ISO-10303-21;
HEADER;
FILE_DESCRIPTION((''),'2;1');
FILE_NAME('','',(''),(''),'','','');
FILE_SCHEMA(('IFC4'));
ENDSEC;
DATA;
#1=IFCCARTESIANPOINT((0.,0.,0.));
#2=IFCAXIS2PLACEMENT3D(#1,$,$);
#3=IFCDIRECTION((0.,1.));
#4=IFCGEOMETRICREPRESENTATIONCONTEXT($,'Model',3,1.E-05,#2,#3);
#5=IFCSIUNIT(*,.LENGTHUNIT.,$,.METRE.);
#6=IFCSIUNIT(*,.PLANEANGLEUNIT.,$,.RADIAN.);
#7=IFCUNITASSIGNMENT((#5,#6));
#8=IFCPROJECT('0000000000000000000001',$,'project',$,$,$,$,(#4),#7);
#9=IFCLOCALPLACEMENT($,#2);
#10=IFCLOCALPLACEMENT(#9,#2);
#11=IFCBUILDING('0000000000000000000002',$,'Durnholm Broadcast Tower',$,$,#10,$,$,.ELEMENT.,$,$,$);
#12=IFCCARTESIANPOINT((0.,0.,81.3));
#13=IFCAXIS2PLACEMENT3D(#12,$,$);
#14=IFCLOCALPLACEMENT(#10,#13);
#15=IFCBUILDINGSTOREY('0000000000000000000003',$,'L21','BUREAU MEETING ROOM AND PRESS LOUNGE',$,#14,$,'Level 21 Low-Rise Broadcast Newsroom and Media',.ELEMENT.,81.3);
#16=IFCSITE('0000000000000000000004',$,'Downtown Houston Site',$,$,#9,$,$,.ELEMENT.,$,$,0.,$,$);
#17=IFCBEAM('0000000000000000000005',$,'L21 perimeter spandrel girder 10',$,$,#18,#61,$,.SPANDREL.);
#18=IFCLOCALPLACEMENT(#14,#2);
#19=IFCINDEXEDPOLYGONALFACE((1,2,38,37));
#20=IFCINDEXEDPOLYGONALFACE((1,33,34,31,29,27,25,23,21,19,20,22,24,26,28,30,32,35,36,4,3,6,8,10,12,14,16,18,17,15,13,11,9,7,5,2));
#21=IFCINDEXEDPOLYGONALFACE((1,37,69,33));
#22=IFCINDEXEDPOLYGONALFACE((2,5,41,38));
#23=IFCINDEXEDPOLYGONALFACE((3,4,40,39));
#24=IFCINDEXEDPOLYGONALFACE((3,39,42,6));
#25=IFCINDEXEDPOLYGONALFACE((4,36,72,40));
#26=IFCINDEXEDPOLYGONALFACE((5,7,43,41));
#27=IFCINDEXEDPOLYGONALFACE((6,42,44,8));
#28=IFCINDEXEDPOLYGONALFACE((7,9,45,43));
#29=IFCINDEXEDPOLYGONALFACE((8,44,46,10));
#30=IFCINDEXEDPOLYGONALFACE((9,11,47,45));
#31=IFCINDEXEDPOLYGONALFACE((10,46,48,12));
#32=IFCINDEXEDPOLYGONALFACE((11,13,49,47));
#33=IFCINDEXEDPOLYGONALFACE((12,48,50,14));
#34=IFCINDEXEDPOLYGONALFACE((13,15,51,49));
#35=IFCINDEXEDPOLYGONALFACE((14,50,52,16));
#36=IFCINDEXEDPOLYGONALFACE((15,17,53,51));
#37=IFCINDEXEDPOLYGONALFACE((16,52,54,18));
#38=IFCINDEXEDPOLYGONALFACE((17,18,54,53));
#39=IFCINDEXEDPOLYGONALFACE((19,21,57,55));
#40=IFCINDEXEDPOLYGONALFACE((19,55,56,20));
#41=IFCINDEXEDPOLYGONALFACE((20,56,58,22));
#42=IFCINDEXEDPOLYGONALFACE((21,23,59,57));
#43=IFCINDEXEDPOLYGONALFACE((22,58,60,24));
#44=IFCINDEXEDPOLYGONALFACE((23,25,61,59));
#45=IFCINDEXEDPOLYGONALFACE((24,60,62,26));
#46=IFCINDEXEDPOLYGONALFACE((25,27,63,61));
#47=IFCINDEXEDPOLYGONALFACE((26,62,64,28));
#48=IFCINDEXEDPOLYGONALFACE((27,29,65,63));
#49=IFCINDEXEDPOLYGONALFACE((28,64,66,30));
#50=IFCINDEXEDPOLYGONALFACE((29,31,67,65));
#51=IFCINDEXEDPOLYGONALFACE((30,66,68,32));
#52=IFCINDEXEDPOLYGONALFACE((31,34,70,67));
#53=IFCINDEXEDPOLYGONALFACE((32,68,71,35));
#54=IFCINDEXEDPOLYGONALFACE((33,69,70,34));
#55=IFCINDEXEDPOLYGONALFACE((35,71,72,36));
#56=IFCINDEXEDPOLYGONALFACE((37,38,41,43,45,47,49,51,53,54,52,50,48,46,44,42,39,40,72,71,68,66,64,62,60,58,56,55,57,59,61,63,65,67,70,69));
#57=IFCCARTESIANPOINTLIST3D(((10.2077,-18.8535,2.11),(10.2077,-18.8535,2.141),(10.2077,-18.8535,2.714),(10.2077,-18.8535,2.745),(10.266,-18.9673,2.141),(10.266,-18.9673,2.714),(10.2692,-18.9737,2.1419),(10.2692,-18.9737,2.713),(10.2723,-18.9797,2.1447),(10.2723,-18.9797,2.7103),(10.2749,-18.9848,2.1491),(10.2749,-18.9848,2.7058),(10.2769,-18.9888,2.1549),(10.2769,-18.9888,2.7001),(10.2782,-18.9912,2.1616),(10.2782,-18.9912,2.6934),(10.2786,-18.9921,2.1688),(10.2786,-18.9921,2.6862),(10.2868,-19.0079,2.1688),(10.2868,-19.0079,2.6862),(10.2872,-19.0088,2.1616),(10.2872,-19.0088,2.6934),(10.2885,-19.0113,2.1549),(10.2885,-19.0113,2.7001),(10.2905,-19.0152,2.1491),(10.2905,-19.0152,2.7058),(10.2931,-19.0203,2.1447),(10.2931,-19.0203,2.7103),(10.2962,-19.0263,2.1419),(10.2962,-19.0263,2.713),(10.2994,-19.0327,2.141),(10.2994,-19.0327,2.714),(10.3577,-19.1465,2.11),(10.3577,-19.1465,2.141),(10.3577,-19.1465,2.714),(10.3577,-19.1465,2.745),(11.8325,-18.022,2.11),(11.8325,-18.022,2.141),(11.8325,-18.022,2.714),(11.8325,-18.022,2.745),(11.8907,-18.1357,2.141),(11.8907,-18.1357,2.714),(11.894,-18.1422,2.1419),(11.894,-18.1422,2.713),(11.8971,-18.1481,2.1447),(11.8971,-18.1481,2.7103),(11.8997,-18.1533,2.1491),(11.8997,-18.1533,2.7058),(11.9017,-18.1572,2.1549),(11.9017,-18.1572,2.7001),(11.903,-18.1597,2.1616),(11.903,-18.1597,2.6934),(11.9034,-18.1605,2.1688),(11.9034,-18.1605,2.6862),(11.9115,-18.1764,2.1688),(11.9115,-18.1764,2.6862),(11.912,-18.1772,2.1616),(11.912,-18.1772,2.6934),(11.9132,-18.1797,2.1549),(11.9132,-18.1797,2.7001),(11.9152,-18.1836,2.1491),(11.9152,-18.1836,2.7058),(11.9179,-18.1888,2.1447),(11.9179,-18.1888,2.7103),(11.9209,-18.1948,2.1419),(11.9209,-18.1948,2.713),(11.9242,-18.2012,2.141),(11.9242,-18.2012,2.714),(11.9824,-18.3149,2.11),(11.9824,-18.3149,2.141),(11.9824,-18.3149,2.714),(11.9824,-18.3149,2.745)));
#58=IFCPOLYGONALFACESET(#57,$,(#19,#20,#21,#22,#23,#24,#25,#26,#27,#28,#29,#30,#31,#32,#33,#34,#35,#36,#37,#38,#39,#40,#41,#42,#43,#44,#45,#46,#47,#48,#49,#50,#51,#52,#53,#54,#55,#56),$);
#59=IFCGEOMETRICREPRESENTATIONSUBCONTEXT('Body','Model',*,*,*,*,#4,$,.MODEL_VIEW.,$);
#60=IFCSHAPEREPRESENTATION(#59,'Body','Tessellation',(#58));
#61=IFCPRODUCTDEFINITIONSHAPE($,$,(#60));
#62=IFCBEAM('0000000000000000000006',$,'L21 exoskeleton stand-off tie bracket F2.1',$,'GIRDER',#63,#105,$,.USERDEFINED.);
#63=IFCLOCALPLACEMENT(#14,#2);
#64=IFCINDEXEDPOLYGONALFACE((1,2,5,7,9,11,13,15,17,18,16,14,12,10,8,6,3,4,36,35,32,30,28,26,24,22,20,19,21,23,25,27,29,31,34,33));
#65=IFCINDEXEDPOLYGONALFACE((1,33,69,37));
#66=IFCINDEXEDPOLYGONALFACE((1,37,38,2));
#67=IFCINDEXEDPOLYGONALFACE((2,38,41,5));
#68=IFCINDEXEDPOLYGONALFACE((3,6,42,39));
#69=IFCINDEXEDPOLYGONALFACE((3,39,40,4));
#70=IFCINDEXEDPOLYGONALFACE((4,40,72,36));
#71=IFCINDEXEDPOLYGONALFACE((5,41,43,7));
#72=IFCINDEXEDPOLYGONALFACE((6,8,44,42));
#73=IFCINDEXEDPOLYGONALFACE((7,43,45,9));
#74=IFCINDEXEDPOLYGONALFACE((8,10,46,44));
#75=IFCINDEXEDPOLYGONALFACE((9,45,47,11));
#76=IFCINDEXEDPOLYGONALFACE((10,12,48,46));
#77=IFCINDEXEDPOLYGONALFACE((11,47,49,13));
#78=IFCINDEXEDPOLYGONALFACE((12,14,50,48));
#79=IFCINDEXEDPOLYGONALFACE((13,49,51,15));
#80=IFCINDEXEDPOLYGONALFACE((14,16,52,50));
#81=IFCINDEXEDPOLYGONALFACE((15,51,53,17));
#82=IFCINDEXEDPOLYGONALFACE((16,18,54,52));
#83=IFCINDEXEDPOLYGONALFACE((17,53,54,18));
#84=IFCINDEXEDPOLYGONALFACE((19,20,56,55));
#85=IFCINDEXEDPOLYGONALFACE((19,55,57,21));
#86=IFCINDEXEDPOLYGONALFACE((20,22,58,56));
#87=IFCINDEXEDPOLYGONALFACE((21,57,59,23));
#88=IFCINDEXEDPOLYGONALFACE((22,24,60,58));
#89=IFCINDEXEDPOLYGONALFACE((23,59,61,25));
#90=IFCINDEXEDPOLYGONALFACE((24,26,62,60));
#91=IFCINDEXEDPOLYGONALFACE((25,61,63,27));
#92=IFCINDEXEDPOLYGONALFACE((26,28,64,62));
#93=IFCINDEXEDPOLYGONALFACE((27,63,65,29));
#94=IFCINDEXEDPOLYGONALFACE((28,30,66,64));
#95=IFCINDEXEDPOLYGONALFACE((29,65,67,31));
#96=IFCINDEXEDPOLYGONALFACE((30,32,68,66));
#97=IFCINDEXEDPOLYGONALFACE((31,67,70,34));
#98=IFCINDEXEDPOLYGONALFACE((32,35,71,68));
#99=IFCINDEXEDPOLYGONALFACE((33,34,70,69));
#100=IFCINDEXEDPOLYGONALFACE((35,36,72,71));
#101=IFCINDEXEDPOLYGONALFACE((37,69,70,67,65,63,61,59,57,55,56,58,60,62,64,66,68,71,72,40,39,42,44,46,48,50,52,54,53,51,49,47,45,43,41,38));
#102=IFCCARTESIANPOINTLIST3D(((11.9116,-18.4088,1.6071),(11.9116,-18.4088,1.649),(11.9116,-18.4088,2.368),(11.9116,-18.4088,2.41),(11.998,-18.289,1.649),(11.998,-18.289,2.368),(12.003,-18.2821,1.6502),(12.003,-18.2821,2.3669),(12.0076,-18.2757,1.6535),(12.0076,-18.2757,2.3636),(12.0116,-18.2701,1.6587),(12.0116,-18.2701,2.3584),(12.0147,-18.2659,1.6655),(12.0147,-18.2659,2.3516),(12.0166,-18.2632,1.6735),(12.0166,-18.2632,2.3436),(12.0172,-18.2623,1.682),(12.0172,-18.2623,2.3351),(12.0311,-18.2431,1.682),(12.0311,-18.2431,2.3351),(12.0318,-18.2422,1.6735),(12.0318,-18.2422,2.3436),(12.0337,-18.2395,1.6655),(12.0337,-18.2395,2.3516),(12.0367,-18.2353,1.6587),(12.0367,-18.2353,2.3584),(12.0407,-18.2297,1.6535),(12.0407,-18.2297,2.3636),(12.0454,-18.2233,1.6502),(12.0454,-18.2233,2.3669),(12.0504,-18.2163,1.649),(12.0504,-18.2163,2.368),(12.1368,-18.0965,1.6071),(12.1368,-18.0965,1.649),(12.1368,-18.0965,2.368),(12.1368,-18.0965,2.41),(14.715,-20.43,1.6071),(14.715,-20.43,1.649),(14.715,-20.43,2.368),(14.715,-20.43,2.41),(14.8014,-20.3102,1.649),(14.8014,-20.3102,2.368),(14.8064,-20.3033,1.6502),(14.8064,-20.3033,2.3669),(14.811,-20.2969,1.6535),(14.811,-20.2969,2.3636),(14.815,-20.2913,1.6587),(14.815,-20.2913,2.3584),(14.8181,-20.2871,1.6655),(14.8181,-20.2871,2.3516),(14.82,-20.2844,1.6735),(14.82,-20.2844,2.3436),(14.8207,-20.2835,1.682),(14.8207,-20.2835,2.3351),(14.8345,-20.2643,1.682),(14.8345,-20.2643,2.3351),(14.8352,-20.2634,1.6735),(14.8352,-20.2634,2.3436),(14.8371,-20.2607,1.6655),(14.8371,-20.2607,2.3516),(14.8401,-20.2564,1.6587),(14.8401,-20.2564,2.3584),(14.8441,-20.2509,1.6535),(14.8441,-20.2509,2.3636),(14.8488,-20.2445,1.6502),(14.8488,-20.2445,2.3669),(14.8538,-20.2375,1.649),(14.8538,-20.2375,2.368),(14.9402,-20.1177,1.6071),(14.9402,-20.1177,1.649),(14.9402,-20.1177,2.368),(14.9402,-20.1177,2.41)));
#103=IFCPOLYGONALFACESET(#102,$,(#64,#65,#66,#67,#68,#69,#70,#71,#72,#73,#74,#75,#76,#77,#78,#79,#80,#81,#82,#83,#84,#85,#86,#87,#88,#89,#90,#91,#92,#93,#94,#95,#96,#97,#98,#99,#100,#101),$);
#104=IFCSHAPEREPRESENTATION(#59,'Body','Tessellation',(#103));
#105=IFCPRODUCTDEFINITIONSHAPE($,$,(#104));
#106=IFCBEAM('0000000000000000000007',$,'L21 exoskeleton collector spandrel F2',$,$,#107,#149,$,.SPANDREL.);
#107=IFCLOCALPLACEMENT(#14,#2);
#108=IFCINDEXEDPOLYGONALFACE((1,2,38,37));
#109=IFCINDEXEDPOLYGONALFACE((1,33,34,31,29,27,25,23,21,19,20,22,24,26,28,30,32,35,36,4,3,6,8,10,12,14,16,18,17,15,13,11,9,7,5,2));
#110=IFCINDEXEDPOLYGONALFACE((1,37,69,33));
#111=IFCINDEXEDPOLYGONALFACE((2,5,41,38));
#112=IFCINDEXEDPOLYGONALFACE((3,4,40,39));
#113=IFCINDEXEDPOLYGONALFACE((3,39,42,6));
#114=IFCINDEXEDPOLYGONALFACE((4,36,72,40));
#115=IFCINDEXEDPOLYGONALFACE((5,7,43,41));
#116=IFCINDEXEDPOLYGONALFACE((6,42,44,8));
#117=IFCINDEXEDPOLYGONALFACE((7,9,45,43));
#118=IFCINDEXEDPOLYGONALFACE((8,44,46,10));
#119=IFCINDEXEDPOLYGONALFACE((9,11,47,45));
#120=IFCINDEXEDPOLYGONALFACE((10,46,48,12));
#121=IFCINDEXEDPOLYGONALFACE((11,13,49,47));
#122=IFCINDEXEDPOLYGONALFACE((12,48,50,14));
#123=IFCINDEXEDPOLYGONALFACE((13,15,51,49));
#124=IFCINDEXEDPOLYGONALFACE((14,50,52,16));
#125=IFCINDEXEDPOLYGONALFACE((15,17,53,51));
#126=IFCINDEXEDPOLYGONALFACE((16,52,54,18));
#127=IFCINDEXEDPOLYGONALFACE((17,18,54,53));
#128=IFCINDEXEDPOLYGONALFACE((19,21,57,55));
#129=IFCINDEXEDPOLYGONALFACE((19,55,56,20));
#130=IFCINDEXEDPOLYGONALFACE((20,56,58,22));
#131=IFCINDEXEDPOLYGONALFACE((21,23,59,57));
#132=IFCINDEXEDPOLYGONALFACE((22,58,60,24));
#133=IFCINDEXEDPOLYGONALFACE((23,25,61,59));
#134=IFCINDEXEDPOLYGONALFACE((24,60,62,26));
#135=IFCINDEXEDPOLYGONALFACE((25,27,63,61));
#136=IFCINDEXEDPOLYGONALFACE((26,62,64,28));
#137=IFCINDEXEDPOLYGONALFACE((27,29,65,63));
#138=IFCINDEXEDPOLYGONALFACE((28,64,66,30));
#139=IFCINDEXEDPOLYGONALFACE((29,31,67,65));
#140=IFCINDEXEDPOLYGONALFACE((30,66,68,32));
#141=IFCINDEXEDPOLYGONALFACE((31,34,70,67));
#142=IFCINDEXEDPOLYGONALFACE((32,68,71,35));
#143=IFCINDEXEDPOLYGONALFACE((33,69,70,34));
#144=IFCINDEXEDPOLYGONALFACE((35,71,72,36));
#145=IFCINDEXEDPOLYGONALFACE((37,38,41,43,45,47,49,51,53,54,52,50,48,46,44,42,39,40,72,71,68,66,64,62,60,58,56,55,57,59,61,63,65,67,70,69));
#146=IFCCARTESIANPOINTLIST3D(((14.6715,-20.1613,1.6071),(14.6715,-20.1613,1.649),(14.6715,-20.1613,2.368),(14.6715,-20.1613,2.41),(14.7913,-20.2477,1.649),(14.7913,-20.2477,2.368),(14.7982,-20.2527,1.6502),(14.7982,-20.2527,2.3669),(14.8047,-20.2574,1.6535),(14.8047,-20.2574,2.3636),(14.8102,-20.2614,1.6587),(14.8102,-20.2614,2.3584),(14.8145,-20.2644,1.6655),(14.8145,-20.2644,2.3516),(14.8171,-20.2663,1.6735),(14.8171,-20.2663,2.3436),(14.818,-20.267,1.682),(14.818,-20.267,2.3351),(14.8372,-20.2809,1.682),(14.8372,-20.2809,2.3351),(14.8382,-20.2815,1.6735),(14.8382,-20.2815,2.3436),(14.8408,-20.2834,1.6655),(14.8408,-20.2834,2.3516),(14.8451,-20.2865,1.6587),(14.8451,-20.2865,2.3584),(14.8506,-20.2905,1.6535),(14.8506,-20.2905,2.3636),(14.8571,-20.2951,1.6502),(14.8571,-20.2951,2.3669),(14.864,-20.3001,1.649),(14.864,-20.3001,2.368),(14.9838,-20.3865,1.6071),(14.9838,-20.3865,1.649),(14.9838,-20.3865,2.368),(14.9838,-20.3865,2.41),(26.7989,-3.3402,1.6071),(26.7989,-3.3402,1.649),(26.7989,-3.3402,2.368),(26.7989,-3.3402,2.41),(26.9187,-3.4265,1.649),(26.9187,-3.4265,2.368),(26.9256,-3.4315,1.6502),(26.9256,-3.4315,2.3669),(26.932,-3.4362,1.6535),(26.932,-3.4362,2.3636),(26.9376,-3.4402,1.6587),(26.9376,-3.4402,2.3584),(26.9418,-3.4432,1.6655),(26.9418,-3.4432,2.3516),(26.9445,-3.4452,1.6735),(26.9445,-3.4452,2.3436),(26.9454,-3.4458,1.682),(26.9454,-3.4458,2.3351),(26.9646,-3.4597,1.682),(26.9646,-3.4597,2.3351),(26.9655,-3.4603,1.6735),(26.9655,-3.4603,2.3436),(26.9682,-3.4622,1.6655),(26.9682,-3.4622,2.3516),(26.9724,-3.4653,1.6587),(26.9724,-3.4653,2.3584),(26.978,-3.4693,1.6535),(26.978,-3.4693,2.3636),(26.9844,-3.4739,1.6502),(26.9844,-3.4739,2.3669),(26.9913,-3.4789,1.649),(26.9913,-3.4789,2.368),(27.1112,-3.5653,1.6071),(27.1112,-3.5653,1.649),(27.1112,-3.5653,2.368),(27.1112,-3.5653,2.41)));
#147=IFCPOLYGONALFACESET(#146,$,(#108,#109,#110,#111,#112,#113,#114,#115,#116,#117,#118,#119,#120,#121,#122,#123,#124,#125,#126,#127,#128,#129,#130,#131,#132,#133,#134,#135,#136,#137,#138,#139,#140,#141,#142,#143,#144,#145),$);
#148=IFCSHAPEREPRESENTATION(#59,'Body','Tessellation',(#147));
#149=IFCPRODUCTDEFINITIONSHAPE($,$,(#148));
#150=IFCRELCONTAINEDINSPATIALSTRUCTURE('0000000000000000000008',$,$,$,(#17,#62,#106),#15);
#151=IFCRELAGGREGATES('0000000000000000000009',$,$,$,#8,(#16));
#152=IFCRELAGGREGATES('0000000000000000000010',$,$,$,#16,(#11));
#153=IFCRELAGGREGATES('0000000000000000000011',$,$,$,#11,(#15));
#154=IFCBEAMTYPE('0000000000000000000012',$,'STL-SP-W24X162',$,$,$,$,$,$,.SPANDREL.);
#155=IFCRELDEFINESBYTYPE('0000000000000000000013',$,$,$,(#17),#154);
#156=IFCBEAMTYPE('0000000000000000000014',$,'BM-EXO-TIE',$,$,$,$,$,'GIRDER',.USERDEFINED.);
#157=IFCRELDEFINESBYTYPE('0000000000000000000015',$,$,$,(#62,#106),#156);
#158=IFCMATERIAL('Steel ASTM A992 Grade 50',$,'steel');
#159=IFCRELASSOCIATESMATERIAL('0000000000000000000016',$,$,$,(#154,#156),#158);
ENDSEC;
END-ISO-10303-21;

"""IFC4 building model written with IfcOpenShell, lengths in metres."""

from ifc_helpers import new_model, si_unit, direction, frame, origin, origin_2d, place, context, subcontext, project, spatial, i_section, extrude, source, transform, mapped, material, material_profile, profile_set, type_object, type_shapes, element, save


model = new_model("IFC4")

# Units and contexts
model_context = context("Model", 3, precision=1e-05, world=origin(), true_north=direction((0.0, 1.0)))
body_context = subcontext(model_context, "Body", "Model", "MODEL_VIEW")
ifc_project = project(units=[si_unit("LENGTHUNIT", "METRE"), si_unit("PLANEANGLEUNIT", "RADIAN")], contexts=[model_context])

# Site, building, storey
site_placement = place(None, origin())
site = spatial("IfcSite", under=ifc_project, at=site_placement, Name="Downtown Houston Site", CompositionType="ELEMENT", RefElevation=0.0)
building_placement = place(site_placement, origin())
building = spatial("IfcBuilding", under=site, at=building_placement, Name="Durnholm Broadcast Tower", CompositionType="ELEMENT")
storey_placement = place(building_placement, frame((0.0, 0.0, 81.3)))
storey = spatial("IfcBuildingStorey", under=building, at=storey_placement, Name="L21", Description="BUREAU MEETING ROOM AND PRESS LOUNGE", LongName="Level 21 Low-Rise Broadcast Newsroom and Media", CompositionType="ELEMENT", Elevation=81.3)

# Beams
ifc_material_1 = material(Name="Steel ASTM A992 Grade 50", Category="steel")
ifc_material_profile_1 = material_profile(ifc_material_1, i_section(OverallWidth=0.3291, OverallDepth=0.635, WebThickness=0.0178, FlangeThickness=0.031, FilletRadius=0.0278, at=origin_2d()), Name="W24X162")
ifc_profile_set_1 = profile_set([ifc_material_profile_1], Name="Steel ASTM A992 Grade 50")
beam_type_1 = type_object("IfcBeamType", Name="STL-SP-W24X162", PredefinedType="SPANDREL", material=ifc_profile_set_1)
shared_shape_1 = source(origin(), body_context, "Body", "SweptSolid", [
    extrude(i_section(OverallWidth=0.3291, OverallDepth=0.635, WebThickness=0.0178, FlangeThickness=0.031, FilletRadius=0.0278, at=origin_2d()), origin(), (0.0, 0.0, 1.0), 1.8252),
])
type_shapes(beam_type_1, [shared_shape_1])
beam_1_placement = place(storey_placement, frame((11.9075, -18.1685, 2.4275), z_axis=(-0.890188, -0.455594, 0.0), x_axis=(0.455594, -0.890188, 0.0)))
element("IfcBeam", 1, at=beam_1_placement, inside=storey, type_object=beam_type_1, Name="L21 perimeter spandrel girder 10", PredefinedType="SPANDREL", context=body_context, shape_type="MappedRepresentation", body=[
    mapped(shared_shape_1, transform((0.0, 0.0, 0.0), x_axis=(1.0, 0.0, 0.0), y_axis=(0.0, 1.0, 0.0), z_axis=(0.0, 0.0, 1.0), scale=1.0)),
])
ifc_material_profile_2 = material_profile(ifc_material_1, i_section(OverallWidth=0.385, OverallDepth=0.803, WebThickness=0.0237, FlangeThickness=0.042, FilletRadius=0.033, at=origin_2d()), Name="W30X261")
ifc_profile_set_2 = profile_set([ifc_material_profile_2], Name="Steel ASTM A992 Grade 50")
beam_type_2 = type_object("IfcBeamType", Name="BM-EXO-TIE", ElementType="GIRDER", PredefinedType="USERDEFINED", material=ifc_profile_set_2)
shared_shape_2 = source(origin(), body_context, "Body", "SweptSolid", [
    extrude(i_section(OverallWidth=0.385, OverallDepth=0.803, WebThickness=0.0237, FlangeThickness=0.042, FilletRadius=0.033, at=origin_2d()), origin(), (0.0, 0.0, 1.0), 3.4561),
])
beam_2_placement = place(storey_placement, frame((12.0242, -18.2527, 2.0085), z_axis=(0.811158, -0.584828, 0.0), x_axis=(0.584828, 0.811158, 0.0)))
element("IfcBeam", 2, at=beam_2_placement, inside=storey, type_object=beam_type_2, Name="L21 exoskeleton stand-off tie bracket F2.1", ObjectType="GIRDER", PredefinedType="USERDEFINED", context=body_context, shape_type="MappedRepresentation", body=[
    mapped(shared_shape_2, transform((0.0, 0.0, 0.0), x_axis=(1.0, 0.0, 0.0), y_axis=(0.0, 1.0, 0.0), z_axis=(0.0, 0.0, 1.0), scale=1.0)),
])
shared_shape_3 = source(origin(), body_context, "Body", "SweptSolid", [
    extrude(i_section(OverallWidth=0.385, OverallDepth=0.803, WebThickness=0.0237, FlangeThickness=0.042, FilletRadius=0.033, at=origin_2d()), origin(), (0.0, 0.0, 1.0), 20.7371),
])
type_shapes(beam_type_2, [shared_shape_2, shared_shape_3])
beam_3_placement = place(storey_placement, frame((14.8276, -20.2739, 2.0085), z_axis=(0.584816, 0.811166, 0.0), x_axis=(-0.811166, 0.584816, 0.0)))
element("IfcBeam", 3, at=beam_3_placement, inside=storey, type_object=beam_type_2, Name="L21 exoskeleton collector spandrel F2", PredefinedType="SPANDREL", context=body_context, shape_type="MappedRepresentation", body=[
    mapped(shared_shape_3, transform((0.0, 0.0, 0.0), x_axis=(1.0, 0.0, 0.0), y_axis=(0.0, 1.0, 0.0), z_axis=(0.0, 0.0, 1.0), scale=1.0)),
])

save(model, "model.ifc")
